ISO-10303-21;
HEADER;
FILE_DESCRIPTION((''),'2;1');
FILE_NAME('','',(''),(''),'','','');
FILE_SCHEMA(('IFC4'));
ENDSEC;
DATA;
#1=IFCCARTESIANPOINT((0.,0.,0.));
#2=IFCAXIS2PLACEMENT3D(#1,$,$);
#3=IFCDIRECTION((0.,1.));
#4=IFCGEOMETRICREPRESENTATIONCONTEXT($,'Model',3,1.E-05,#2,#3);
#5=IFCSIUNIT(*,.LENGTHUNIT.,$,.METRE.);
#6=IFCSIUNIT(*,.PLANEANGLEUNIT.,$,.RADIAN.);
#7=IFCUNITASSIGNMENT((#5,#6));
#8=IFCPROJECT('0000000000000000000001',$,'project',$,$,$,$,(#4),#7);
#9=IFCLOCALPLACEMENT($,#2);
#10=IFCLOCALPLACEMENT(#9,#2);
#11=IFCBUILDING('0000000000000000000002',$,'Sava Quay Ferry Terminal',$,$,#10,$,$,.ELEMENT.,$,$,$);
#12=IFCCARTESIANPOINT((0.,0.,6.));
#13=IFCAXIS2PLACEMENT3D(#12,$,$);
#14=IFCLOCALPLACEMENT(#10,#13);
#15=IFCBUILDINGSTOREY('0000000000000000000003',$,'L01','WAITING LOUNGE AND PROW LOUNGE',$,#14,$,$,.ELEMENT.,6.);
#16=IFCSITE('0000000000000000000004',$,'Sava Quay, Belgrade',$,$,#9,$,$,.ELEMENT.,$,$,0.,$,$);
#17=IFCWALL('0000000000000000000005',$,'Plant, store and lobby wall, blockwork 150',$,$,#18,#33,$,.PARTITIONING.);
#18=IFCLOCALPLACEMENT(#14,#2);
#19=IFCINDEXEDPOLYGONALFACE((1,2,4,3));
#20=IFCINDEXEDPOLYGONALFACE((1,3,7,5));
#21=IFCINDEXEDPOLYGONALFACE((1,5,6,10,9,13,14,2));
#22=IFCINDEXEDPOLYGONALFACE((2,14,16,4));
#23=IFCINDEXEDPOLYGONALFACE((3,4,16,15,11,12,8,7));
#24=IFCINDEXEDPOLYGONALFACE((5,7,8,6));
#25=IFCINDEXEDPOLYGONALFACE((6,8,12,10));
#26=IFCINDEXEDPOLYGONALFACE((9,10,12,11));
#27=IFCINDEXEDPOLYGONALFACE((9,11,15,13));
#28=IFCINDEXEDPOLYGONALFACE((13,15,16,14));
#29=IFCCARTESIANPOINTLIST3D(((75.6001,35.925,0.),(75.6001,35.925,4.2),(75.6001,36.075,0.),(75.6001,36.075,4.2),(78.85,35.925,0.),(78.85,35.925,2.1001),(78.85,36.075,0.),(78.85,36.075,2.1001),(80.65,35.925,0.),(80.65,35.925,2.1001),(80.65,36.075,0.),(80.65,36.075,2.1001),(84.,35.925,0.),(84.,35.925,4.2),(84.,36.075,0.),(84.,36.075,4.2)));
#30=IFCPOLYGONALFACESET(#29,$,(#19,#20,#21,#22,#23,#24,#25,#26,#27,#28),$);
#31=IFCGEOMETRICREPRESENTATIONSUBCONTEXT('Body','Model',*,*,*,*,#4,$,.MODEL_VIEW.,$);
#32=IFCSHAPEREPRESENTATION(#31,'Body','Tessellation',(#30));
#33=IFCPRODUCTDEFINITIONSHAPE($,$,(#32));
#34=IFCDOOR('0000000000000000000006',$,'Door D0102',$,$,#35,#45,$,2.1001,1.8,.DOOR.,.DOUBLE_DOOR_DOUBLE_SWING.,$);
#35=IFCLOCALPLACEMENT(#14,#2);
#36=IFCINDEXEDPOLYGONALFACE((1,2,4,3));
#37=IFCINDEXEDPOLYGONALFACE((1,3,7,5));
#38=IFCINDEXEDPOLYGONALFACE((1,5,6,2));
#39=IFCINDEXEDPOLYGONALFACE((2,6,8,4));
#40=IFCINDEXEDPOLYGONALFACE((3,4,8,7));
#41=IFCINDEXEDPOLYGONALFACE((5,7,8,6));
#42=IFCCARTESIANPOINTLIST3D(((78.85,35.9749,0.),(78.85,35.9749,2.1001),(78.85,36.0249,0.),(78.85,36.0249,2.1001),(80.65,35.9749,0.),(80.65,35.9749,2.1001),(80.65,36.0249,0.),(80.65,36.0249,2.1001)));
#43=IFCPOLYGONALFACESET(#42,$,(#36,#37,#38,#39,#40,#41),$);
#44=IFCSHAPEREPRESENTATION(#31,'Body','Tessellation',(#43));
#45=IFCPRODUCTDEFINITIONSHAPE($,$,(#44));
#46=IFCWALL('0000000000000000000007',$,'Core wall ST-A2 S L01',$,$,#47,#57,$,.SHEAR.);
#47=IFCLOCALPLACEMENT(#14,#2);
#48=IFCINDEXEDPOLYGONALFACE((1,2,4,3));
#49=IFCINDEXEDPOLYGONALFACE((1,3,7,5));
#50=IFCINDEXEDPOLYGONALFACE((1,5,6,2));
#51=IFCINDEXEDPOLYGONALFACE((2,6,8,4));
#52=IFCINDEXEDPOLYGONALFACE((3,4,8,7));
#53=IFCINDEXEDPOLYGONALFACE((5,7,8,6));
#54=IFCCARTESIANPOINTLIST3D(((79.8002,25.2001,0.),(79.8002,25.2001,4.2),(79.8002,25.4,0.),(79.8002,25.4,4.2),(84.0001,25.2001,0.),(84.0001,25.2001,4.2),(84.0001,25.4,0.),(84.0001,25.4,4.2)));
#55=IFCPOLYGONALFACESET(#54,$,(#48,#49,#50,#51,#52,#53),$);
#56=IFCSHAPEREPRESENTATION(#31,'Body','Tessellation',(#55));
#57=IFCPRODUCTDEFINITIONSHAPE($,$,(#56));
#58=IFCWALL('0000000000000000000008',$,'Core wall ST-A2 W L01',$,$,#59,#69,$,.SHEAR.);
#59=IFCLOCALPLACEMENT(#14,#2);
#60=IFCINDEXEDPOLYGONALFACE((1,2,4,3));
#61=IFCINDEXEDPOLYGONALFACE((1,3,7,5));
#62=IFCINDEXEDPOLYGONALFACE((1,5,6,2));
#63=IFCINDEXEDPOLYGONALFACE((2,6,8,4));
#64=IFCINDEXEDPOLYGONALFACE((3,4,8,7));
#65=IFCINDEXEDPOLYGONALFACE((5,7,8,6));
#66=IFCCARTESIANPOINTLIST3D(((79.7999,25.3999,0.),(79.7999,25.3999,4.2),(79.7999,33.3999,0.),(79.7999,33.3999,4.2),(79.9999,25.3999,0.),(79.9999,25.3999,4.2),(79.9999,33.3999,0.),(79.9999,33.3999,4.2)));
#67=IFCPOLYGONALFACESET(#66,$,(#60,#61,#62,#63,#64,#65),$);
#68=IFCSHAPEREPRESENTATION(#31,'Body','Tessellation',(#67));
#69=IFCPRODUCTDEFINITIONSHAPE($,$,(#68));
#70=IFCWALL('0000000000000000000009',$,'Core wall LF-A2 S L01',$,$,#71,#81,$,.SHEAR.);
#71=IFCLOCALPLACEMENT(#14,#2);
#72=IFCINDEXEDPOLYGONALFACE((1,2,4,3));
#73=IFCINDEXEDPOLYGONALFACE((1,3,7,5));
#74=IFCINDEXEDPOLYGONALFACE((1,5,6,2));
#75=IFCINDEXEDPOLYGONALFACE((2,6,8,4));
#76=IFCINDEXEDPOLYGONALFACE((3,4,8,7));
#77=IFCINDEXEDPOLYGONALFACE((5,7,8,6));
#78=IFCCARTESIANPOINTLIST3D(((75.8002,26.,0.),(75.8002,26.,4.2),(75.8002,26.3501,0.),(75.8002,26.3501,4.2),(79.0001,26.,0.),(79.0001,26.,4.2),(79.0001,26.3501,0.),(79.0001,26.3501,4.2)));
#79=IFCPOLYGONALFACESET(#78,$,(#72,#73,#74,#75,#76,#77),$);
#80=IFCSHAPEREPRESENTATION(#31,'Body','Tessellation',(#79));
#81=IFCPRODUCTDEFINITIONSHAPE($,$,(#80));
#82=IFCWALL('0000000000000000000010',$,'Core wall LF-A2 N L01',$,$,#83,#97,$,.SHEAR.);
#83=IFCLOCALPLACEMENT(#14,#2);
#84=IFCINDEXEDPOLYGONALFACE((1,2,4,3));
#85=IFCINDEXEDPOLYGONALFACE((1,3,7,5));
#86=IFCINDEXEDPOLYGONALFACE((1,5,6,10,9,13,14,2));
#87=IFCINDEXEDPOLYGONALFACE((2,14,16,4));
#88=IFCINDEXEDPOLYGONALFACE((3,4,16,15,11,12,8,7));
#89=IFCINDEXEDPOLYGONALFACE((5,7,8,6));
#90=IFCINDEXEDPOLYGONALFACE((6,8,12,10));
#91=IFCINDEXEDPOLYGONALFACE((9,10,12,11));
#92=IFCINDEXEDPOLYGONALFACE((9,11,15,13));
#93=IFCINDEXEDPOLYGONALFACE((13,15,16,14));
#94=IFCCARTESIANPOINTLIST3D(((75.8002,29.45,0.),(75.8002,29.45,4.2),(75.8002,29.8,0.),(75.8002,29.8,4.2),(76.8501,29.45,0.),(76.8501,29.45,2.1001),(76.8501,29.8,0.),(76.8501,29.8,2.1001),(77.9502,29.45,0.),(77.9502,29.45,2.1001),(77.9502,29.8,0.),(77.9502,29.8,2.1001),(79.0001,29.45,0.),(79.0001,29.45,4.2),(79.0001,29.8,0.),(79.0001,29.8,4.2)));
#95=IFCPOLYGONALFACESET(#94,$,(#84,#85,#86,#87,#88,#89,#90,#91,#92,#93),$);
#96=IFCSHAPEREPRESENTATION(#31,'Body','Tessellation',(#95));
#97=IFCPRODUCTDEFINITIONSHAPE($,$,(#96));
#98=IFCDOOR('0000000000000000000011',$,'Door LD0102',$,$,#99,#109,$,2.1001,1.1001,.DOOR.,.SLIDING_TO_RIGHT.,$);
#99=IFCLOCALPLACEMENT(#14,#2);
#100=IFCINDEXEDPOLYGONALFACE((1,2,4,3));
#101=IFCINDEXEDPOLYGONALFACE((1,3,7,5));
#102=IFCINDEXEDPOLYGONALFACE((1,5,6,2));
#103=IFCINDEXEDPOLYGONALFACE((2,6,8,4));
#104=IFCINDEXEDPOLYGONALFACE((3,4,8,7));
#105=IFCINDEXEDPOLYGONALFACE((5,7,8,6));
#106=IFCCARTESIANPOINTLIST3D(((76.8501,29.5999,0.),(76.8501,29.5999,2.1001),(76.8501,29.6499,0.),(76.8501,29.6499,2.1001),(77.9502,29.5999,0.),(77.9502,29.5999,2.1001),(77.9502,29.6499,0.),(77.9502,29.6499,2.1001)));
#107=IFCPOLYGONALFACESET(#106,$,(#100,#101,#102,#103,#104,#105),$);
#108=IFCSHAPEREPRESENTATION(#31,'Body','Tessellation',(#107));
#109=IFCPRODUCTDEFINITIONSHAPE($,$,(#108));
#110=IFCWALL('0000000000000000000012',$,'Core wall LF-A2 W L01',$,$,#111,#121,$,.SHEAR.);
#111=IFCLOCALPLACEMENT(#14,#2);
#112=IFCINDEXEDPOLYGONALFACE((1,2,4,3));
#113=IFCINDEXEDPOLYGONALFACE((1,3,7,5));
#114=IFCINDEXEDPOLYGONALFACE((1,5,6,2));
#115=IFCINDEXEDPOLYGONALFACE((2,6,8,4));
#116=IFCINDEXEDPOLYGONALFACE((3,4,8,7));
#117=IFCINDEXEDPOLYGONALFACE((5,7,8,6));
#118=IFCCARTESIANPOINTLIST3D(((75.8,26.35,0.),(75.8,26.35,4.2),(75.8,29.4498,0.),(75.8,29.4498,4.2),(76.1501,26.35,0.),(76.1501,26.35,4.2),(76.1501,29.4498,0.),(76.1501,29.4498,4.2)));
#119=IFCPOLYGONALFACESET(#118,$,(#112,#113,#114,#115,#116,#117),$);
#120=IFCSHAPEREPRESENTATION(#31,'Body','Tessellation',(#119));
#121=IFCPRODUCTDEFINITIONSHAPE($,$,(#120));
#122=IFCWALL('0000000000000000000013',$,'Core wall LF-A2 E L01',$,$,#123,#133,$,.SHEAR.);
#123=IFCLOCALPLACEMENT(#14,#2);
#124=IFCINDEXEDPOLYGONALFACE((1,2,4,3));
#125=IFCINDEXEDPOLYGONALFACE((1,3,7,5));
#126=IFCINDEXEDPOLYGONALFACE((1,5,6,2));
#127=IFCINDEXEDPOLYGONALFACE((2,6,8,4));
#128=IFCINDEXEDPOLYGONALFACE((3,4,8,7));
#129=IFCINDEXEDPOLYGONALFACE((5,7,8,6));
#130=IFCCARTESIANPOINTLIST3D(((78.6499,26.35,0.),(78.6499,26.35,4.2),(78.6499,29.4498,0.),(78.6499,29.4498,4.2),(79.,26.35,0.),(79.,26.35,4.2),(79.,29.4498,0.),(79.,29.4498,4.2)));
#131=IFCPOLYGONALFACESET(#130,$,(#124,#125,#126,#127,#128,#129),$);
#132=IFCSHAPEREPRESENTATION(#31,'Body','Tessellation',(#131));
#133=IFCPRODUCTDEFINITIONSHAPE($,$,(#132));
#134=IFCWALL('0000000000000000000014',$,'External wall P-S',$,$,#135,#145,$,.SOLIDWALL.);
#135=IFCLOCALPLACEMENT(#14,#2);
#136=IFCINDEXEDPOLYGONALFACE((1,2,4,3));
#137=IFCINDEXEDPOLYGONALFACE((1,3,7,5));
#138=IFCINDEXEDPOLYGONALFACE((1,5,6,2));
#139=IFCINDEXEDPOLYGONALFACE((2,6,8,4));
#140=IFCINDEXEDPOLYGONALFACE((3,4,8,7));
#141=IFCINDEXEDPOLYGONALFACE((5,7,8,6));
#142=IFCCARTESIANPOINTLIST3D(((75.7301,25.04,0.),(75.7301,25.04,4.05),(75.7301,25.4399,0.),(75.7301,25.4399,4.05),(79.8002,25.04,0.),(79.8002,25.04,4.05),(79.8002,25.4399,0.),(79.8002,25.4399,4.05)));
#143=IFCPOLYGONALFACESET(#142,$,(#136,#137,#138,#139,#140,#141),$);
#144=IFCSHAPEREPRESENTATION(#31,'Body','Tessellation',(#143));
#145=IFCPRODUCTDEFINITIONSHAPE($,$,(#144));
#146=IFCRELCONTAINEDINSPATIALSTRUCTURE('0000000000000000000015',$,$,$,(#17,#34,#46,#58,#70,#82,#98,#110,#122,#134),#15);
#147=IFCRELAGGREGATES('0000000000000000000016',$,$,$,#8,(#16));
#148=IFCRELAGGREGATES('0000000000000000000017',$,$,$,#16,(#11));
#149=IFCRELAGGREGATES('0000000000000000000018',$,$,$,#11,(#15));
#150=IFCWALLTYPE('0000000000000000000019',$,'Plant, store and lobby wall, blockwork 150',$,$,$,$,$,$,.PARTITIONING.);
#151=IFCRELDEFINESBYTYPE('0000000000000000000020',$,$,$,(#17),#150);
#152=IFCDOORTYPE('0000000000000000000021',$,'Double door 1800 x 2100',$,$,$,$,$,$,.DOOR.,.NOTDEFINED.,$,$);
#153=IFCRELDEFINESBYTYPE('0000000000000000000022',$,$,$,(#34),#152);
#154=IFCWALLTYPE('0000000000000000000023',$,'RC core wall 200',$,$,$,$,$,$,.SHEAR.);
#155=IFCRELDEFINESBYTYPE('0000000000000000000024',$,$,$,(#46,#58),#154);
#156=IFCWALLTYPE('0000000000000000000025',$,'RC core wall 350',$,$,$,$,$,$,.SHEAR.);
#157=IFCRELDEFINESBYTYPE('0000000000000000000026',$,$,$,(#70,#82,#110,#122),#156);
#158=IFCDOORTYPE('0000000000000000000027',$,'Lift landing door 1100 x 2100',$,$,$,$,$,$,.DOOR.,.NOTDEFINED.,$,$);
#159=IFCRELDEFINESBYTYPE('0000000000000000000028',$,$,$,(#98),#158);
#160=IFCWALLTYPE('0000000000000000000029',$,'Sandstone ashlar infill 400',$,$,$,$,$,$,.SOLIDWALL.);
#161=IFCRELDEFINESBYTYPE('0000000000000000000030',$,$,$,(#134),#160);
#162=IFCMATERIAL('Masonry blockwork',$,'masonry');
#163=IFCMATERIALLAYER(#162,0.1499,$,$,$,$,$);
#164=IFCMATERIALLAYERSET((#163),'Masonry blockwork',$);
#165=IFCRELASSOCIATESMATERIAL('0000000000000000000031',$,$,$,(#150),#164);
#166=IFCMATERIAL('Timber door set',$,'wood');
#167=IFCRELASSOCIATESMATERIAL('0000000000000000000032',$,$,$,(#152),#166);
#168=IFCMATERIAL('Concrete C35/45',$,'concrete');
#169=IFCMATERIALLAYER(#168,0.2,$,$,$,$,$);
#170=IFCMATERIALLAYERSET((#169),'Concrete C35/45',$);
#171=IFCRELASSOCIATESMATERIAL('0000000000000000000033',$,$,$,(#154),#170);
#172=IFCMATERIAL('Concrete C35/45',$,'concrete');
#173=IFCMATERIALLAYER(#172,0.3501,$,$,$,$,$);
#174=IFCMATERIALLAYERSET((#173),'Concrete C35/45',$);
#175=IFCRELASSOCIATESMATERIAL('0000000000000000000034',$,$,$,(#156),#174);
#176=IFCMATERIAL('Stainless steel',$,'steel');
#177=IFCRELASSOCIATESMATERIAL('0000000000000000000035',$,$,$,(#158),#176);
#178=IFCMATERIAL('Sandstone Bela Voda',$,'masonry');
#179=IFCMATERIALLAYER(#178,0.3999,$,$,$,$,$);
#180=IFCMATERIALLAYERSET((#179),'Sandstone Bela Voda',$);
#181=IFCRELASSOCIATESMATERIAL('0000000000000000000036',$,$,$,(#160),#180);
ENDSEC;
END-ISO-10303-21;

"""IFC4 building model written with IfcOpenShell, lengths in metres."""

from ifc_helpers import new_model, si_unit, direction, frame, frame_2d, origin, place, context, subcontext, project, spatial, rectangle, extrude, material, layer, layer_set, type_object, element, fill, save


model = new_model("IFC4")

# Units and contexts
model_context = context("Model", 3, precision=1e-05, world=origin(), true_north=direction((0.0, 1.0)))
body_context = subcontext(model_context, "Body", "Model", "MODEL_VIEW")
ifc_project = project(units=[si_unit("LENGTHUNIT", "METRE"), si_unit("PLANEANGLEUNIT", "RADIAN")], contexts=[model_context])

# Site, building, storey
site_placement = place(None, origin())
site = spatial("IfcSite", under=ifc_project, at=site_placement, Name="Sava Quay, Belgrade", CompositionType="ELEMENT", RefElevation=0.0)
building_placement = place(site_placement, origin())
building = spatial("IfcBuilding", under=site, at=building_placement, Name="Sava Quay Ferry Terminal", CompositionType="ELEMENT")
storey_placement = place(building_placement, frame((0.0, 0.0, 6.0)))
storey = spatial("IfcBuildingStorey", under=building, at=storey_placement, Name="L01", Description="WAITING LOUNGE AND PROW LOUNGE", CompositionType="ELEMENT", Elevation=6.0)

# Wall, opening, door
ifc_material_1 = material(Name="Masonry blockwork", Category="masonry")
ifc_layer_1 = layer(ifc_material_1, 0.1499)
ifc_layer_set_1 = layer_set([ifc_layer_1], Name="Masonry blockwork")
wall_type_1 = type_object("IfcWallType", Name="Plant, store and lobby wall, blockwork 150", PredefinedType="PARTITIONING", material=ifc_layer_set_1)
wall_1_placement = place(storey_placement, frame((75.6001, 36.0, 0.0), z_axis=(0.0, 0.0, 1.0), x_axis=(1.0, 0.0, 0.0)))
wall_1 = element("IfcWall", 1, at=wall_1_placement, inside=storey, type_object=wall_type_1, Name="Plant, store and lobby wall, blockwork 150", PredefinedType="PARTITIONING", context=body_context, shape_type="SweptSolid", body=[
    extrude(rectangle(XDim=8.3999, YDim=0.1499, at=frame_2d((4.2, 0.0))), origin(), (0.0, 0.0, 1.0), 4.2),
])
opening_1_placement = place(wall_1_placement, frame((3.25, 0.0, 0.0)))
opening_1 = element("IfcOpeningElement", 2, at=opening_1_placement, cuts=wall_1, PredefinedType="OPENING", context=body_context, shape_type="SweptSolid", body=[
    extrude(rectangle(XDim=1.8, YDim=2.1001, at=frame_2d((0.8999, 1.05))), frame((0.0, 0.075, 0.0), z_axis=(0.0, -1.0, 0.0), x_axis=(1.0, 0.0, 0.0)), (0.0, 0.0, 1.0), 0.1499),
])
ifc_material_2 = material(Name="Timber door set", Category="wood")
door_type_1 = type_object("IfcDoorType", Name="Double door 1800 x 2100", OperationType="NOTDEFINED", PredefinedType="DOOR", material=ifc_material_2)
door_1_placement = place(opening_1_placement, origin())
door_1 = element("IfcDoor", 3, at=door_1_placement, inside=storey, type_object=door_type_1, Name="Door D0102", OperationType="DOUBLE_DOOR_DOUBLE_SWING", OverallHeight=2.1001, OverallWidth=1.8, PredefinedType="DOOR", context=body_context, shape_type="SweptSolid", body=[
    extrude(rectangle(XDim=1.8, YDim=2.1001, at=frame_2d((0.8999, 1.05))), frame((0.0, 0.0249, 0.0), z_axis=(0.0, -1.0, 0.0), x_axis=(1.0, 0.0, 0.0)), (0.0, 0.0, 1.0), 0.05),
])
fill(opening_1, door_1)

# Wall
ifc_material_3 = material(Name="Concrete C35/45", Category="concrete")
ifc_layer_2 = layer(ifc_material_3, 0.2)
ifc_layer_set_2 = layer_set([ifc_layer_2], Name="Concrete C35/45")
wall_type_2 = type_object("IfcWallType", Name="RC core wall 200", PredefinedType="SHEAR", material=ifc_layer_set_2)
wall_2_placement = place(storey_placement, frame((79.8, 25.3, 0.0), z_axis=(0.0, 0.0, 1.0), x_axis=(1.0, 0.0, 0.0)))
element("IfcWall", 4, at=wall_2_placement, inside=storey, type_object=wall_type_2, Name="Core wall ST-A2 S L01", PredefinedType="SHEAR", context=body_context, shape_type="SweptSolid", body=[
    extrude(rectangle(XDim=4.2, YDim=0.2, at=frame_2d((2.1001, 0.0))), origin(), (0.0, 0.0, 1.0), 4.2),
])

# Walls
wall_3_placement = place(storey_placement, frame((79.8999, 25.3999, 0.0), z_axis=(0.0, 0.0, 1.0), x_axis=(0.0, 1.0, 0.0)))
element("IfcWall", 5, at=wall_3_placement, inside=storey, type_object=wall_type_2, Name="Core wall ST-A2 W L01", PredefinedType="SHEAR", context=body_context, shape_type="SweptSolid", body=[
    extrude(rectangle(XDim=8.0, YDim=0.2, at=frame_2d((4.0, 0.0))), origin(), (0.0, 0.0, 1.0), 4.2),
])
ifc_material_4 = material(Name="Concrete C35/45", Category="concrete")
ifc_layer_3 = layer(ifc_material_4, 0.3501)
ifc_layer_set_3 = layer_set([ifc_layer_3], Name="Concrete C35/45")
wall_type_3 = type_object("IfcWallType", Name="RC core wall 350", PredefinedType="SHEAR", material=ifc_layer_set_3)
wall_4_placement = place(storey_placement, frame((75.8, 26.175, 0.0), z_axis=(0.0, 0.0, 1.0), x_axis=(1.0, 0.0, 0.0)))
element("IfcWall", 6, at=wall_4_placement, inside=storey, type_object=wall_type_3, Name="Core wall LF-A2 S L01", PredefinedType="SHEAR", context=body_context, shape_type="SweptSolid", body=[
    extrude(rectangle(XDim=3.2, YDim=0.3501, at=frame_2d((1.6001, 0.0))), origin(), (0.0, 0.0, 1.0), 4.2),
])

# Wall, opening, door
wall_5_placement = place(storey_placement, frame((75.8, 29.625, 0.0), z_axis=(0.0, 0.0, 1.0), x_axis=(1.0, 0.0, 0.0)))
wall_5 = element("IfcWall", 7, at=wall_5_placement, inside=storey, type_object=wall_type_3, Name="Core wall LF-A2 N L01", PredefinedType="SHEAR", context=body_context, shape_type="SweptSolid", body=[
    extrude(rectangle(XDim=3.2, YDim=0.3501, at=frame_2d((1.6001, 0.0))), origin(), (0.0, 0.0, 1.0), 4.2),
])
opening_2_placement = place(wall_5_placement, frame((1.05, 0.0, 0.0)))
opening_2 = element("IfcOpeningElement", 8, at=opening_2_placement, cuts=wall_5, PredefinedType="OPENING", context=body_context, shape_type="SweptSolid", body=[
    extrude(rectangle(XDim=1.1001, YDim=2.1001, at=frame_2d((0.55, 1.05))), frame((0.0, 0.175, 0.0), z_axis=(0.0, -1.0, 0.0), x_axis=(1.0, 0.0, 0.0)), (0.0, 0.0, 1.0), 0.3501),
])
ifc_material_5 = material(Name="Stainless steel", Category="steel")
door_type_2 = type_object("IfcDoorType", Name="Lift landing door 1100 x 2100", OperationType="NOTDEFINED", PredefinedType="DOOR", material=ifc_material_5)
door_2_placement = place(opening_2_placement, origin())
door_2 = element("IfcDoor", 9, at=door_2_placement, inside=storey, type_object=door_type_2, Name="Door LD0102", OperationType="SLIDING_TO_RIGHT", OverallHeight=2.1001, OverallWidth=1.1001, PredefinedType="DOOR", context=body_context, shape_type="SweptSolid", body=[
    extrude(rectangle(XDim=1.1001, YDim=2.1001, at=frame_2d((0.55, 1.05))), frame((0.0, 0.0249, 0.0), z_axis=(0.0, -1.0, 0.0), x_axis=(1.0, 0.0, 0.0)), (0.0, 0.0, 1.0), 0.05),
])
fill(opening_2, door_2)

# Walls
for number, where, z_axis, x_axis, name in (
    (10, (75.9751, 26.3501, 0.0), (0.0, 0.0, 1.0), (0.0, 1.0, 0.0), "Core wall LF-A2 W L01"),
    (11, (78.825, 26.3501, 0.0), (0.0, 0.0, 1.0), (0.0, 1.0, 0.0), "Core wall LF-A2 E L01"),
):
    element("IfcWall", number, at=place(storey_placement, frame(where, z_axis=z_axis, x_axis=x_axis)), inside=storey, type_object=wall_type_3, Name=name, PredefinedType="SHEAR", context=body_context, shape_type="SweptSolid", body=[
        extrude(rectangle(XDim=3.0999, YDim=0.3501, at=frame_2d((1.5498, 0.0))), origin(), (0.0, 0.0, 1.0), 4.2),
    ])
ifc_material_6 = material(Name="Sandstone Bela Voda", Category="masonry")
ifc_layer_4 = layer(ifc_material_6, 0.3999)
ifc_layer_set_4 = layer_set([ifc_layer_4], Name="Sandstone Bela Voda")
wall_type_4 = type_object("IfcWallType", Name="Sandstone ashlar infill 400", PredefinedType="SOLIDWALL", material=ifc_layer_set_4)
wall_6_placement = place(storey_placement, frame((75.73, 25.24, 0.0), z_axis=(0.0, 0.0, 1.0), x_axis=(1.0, 0.0, 0.0)))
element("IfcWall", 12, at=wall_6_placement, inside=storey, type_object=wall_type_4, Name="External wall P-S", PredefinedType="SOLIDWALL", context=body_context, shape_type="SweptSolid", body=[
    extrude(rectangle(XDim=4.0701, YDim=0.3999, at=frame_2d((2.0352, 0.0))), origin(), (0.0, 0.0, 1.0), 4.05),
])

save(model, "model.ifc")
